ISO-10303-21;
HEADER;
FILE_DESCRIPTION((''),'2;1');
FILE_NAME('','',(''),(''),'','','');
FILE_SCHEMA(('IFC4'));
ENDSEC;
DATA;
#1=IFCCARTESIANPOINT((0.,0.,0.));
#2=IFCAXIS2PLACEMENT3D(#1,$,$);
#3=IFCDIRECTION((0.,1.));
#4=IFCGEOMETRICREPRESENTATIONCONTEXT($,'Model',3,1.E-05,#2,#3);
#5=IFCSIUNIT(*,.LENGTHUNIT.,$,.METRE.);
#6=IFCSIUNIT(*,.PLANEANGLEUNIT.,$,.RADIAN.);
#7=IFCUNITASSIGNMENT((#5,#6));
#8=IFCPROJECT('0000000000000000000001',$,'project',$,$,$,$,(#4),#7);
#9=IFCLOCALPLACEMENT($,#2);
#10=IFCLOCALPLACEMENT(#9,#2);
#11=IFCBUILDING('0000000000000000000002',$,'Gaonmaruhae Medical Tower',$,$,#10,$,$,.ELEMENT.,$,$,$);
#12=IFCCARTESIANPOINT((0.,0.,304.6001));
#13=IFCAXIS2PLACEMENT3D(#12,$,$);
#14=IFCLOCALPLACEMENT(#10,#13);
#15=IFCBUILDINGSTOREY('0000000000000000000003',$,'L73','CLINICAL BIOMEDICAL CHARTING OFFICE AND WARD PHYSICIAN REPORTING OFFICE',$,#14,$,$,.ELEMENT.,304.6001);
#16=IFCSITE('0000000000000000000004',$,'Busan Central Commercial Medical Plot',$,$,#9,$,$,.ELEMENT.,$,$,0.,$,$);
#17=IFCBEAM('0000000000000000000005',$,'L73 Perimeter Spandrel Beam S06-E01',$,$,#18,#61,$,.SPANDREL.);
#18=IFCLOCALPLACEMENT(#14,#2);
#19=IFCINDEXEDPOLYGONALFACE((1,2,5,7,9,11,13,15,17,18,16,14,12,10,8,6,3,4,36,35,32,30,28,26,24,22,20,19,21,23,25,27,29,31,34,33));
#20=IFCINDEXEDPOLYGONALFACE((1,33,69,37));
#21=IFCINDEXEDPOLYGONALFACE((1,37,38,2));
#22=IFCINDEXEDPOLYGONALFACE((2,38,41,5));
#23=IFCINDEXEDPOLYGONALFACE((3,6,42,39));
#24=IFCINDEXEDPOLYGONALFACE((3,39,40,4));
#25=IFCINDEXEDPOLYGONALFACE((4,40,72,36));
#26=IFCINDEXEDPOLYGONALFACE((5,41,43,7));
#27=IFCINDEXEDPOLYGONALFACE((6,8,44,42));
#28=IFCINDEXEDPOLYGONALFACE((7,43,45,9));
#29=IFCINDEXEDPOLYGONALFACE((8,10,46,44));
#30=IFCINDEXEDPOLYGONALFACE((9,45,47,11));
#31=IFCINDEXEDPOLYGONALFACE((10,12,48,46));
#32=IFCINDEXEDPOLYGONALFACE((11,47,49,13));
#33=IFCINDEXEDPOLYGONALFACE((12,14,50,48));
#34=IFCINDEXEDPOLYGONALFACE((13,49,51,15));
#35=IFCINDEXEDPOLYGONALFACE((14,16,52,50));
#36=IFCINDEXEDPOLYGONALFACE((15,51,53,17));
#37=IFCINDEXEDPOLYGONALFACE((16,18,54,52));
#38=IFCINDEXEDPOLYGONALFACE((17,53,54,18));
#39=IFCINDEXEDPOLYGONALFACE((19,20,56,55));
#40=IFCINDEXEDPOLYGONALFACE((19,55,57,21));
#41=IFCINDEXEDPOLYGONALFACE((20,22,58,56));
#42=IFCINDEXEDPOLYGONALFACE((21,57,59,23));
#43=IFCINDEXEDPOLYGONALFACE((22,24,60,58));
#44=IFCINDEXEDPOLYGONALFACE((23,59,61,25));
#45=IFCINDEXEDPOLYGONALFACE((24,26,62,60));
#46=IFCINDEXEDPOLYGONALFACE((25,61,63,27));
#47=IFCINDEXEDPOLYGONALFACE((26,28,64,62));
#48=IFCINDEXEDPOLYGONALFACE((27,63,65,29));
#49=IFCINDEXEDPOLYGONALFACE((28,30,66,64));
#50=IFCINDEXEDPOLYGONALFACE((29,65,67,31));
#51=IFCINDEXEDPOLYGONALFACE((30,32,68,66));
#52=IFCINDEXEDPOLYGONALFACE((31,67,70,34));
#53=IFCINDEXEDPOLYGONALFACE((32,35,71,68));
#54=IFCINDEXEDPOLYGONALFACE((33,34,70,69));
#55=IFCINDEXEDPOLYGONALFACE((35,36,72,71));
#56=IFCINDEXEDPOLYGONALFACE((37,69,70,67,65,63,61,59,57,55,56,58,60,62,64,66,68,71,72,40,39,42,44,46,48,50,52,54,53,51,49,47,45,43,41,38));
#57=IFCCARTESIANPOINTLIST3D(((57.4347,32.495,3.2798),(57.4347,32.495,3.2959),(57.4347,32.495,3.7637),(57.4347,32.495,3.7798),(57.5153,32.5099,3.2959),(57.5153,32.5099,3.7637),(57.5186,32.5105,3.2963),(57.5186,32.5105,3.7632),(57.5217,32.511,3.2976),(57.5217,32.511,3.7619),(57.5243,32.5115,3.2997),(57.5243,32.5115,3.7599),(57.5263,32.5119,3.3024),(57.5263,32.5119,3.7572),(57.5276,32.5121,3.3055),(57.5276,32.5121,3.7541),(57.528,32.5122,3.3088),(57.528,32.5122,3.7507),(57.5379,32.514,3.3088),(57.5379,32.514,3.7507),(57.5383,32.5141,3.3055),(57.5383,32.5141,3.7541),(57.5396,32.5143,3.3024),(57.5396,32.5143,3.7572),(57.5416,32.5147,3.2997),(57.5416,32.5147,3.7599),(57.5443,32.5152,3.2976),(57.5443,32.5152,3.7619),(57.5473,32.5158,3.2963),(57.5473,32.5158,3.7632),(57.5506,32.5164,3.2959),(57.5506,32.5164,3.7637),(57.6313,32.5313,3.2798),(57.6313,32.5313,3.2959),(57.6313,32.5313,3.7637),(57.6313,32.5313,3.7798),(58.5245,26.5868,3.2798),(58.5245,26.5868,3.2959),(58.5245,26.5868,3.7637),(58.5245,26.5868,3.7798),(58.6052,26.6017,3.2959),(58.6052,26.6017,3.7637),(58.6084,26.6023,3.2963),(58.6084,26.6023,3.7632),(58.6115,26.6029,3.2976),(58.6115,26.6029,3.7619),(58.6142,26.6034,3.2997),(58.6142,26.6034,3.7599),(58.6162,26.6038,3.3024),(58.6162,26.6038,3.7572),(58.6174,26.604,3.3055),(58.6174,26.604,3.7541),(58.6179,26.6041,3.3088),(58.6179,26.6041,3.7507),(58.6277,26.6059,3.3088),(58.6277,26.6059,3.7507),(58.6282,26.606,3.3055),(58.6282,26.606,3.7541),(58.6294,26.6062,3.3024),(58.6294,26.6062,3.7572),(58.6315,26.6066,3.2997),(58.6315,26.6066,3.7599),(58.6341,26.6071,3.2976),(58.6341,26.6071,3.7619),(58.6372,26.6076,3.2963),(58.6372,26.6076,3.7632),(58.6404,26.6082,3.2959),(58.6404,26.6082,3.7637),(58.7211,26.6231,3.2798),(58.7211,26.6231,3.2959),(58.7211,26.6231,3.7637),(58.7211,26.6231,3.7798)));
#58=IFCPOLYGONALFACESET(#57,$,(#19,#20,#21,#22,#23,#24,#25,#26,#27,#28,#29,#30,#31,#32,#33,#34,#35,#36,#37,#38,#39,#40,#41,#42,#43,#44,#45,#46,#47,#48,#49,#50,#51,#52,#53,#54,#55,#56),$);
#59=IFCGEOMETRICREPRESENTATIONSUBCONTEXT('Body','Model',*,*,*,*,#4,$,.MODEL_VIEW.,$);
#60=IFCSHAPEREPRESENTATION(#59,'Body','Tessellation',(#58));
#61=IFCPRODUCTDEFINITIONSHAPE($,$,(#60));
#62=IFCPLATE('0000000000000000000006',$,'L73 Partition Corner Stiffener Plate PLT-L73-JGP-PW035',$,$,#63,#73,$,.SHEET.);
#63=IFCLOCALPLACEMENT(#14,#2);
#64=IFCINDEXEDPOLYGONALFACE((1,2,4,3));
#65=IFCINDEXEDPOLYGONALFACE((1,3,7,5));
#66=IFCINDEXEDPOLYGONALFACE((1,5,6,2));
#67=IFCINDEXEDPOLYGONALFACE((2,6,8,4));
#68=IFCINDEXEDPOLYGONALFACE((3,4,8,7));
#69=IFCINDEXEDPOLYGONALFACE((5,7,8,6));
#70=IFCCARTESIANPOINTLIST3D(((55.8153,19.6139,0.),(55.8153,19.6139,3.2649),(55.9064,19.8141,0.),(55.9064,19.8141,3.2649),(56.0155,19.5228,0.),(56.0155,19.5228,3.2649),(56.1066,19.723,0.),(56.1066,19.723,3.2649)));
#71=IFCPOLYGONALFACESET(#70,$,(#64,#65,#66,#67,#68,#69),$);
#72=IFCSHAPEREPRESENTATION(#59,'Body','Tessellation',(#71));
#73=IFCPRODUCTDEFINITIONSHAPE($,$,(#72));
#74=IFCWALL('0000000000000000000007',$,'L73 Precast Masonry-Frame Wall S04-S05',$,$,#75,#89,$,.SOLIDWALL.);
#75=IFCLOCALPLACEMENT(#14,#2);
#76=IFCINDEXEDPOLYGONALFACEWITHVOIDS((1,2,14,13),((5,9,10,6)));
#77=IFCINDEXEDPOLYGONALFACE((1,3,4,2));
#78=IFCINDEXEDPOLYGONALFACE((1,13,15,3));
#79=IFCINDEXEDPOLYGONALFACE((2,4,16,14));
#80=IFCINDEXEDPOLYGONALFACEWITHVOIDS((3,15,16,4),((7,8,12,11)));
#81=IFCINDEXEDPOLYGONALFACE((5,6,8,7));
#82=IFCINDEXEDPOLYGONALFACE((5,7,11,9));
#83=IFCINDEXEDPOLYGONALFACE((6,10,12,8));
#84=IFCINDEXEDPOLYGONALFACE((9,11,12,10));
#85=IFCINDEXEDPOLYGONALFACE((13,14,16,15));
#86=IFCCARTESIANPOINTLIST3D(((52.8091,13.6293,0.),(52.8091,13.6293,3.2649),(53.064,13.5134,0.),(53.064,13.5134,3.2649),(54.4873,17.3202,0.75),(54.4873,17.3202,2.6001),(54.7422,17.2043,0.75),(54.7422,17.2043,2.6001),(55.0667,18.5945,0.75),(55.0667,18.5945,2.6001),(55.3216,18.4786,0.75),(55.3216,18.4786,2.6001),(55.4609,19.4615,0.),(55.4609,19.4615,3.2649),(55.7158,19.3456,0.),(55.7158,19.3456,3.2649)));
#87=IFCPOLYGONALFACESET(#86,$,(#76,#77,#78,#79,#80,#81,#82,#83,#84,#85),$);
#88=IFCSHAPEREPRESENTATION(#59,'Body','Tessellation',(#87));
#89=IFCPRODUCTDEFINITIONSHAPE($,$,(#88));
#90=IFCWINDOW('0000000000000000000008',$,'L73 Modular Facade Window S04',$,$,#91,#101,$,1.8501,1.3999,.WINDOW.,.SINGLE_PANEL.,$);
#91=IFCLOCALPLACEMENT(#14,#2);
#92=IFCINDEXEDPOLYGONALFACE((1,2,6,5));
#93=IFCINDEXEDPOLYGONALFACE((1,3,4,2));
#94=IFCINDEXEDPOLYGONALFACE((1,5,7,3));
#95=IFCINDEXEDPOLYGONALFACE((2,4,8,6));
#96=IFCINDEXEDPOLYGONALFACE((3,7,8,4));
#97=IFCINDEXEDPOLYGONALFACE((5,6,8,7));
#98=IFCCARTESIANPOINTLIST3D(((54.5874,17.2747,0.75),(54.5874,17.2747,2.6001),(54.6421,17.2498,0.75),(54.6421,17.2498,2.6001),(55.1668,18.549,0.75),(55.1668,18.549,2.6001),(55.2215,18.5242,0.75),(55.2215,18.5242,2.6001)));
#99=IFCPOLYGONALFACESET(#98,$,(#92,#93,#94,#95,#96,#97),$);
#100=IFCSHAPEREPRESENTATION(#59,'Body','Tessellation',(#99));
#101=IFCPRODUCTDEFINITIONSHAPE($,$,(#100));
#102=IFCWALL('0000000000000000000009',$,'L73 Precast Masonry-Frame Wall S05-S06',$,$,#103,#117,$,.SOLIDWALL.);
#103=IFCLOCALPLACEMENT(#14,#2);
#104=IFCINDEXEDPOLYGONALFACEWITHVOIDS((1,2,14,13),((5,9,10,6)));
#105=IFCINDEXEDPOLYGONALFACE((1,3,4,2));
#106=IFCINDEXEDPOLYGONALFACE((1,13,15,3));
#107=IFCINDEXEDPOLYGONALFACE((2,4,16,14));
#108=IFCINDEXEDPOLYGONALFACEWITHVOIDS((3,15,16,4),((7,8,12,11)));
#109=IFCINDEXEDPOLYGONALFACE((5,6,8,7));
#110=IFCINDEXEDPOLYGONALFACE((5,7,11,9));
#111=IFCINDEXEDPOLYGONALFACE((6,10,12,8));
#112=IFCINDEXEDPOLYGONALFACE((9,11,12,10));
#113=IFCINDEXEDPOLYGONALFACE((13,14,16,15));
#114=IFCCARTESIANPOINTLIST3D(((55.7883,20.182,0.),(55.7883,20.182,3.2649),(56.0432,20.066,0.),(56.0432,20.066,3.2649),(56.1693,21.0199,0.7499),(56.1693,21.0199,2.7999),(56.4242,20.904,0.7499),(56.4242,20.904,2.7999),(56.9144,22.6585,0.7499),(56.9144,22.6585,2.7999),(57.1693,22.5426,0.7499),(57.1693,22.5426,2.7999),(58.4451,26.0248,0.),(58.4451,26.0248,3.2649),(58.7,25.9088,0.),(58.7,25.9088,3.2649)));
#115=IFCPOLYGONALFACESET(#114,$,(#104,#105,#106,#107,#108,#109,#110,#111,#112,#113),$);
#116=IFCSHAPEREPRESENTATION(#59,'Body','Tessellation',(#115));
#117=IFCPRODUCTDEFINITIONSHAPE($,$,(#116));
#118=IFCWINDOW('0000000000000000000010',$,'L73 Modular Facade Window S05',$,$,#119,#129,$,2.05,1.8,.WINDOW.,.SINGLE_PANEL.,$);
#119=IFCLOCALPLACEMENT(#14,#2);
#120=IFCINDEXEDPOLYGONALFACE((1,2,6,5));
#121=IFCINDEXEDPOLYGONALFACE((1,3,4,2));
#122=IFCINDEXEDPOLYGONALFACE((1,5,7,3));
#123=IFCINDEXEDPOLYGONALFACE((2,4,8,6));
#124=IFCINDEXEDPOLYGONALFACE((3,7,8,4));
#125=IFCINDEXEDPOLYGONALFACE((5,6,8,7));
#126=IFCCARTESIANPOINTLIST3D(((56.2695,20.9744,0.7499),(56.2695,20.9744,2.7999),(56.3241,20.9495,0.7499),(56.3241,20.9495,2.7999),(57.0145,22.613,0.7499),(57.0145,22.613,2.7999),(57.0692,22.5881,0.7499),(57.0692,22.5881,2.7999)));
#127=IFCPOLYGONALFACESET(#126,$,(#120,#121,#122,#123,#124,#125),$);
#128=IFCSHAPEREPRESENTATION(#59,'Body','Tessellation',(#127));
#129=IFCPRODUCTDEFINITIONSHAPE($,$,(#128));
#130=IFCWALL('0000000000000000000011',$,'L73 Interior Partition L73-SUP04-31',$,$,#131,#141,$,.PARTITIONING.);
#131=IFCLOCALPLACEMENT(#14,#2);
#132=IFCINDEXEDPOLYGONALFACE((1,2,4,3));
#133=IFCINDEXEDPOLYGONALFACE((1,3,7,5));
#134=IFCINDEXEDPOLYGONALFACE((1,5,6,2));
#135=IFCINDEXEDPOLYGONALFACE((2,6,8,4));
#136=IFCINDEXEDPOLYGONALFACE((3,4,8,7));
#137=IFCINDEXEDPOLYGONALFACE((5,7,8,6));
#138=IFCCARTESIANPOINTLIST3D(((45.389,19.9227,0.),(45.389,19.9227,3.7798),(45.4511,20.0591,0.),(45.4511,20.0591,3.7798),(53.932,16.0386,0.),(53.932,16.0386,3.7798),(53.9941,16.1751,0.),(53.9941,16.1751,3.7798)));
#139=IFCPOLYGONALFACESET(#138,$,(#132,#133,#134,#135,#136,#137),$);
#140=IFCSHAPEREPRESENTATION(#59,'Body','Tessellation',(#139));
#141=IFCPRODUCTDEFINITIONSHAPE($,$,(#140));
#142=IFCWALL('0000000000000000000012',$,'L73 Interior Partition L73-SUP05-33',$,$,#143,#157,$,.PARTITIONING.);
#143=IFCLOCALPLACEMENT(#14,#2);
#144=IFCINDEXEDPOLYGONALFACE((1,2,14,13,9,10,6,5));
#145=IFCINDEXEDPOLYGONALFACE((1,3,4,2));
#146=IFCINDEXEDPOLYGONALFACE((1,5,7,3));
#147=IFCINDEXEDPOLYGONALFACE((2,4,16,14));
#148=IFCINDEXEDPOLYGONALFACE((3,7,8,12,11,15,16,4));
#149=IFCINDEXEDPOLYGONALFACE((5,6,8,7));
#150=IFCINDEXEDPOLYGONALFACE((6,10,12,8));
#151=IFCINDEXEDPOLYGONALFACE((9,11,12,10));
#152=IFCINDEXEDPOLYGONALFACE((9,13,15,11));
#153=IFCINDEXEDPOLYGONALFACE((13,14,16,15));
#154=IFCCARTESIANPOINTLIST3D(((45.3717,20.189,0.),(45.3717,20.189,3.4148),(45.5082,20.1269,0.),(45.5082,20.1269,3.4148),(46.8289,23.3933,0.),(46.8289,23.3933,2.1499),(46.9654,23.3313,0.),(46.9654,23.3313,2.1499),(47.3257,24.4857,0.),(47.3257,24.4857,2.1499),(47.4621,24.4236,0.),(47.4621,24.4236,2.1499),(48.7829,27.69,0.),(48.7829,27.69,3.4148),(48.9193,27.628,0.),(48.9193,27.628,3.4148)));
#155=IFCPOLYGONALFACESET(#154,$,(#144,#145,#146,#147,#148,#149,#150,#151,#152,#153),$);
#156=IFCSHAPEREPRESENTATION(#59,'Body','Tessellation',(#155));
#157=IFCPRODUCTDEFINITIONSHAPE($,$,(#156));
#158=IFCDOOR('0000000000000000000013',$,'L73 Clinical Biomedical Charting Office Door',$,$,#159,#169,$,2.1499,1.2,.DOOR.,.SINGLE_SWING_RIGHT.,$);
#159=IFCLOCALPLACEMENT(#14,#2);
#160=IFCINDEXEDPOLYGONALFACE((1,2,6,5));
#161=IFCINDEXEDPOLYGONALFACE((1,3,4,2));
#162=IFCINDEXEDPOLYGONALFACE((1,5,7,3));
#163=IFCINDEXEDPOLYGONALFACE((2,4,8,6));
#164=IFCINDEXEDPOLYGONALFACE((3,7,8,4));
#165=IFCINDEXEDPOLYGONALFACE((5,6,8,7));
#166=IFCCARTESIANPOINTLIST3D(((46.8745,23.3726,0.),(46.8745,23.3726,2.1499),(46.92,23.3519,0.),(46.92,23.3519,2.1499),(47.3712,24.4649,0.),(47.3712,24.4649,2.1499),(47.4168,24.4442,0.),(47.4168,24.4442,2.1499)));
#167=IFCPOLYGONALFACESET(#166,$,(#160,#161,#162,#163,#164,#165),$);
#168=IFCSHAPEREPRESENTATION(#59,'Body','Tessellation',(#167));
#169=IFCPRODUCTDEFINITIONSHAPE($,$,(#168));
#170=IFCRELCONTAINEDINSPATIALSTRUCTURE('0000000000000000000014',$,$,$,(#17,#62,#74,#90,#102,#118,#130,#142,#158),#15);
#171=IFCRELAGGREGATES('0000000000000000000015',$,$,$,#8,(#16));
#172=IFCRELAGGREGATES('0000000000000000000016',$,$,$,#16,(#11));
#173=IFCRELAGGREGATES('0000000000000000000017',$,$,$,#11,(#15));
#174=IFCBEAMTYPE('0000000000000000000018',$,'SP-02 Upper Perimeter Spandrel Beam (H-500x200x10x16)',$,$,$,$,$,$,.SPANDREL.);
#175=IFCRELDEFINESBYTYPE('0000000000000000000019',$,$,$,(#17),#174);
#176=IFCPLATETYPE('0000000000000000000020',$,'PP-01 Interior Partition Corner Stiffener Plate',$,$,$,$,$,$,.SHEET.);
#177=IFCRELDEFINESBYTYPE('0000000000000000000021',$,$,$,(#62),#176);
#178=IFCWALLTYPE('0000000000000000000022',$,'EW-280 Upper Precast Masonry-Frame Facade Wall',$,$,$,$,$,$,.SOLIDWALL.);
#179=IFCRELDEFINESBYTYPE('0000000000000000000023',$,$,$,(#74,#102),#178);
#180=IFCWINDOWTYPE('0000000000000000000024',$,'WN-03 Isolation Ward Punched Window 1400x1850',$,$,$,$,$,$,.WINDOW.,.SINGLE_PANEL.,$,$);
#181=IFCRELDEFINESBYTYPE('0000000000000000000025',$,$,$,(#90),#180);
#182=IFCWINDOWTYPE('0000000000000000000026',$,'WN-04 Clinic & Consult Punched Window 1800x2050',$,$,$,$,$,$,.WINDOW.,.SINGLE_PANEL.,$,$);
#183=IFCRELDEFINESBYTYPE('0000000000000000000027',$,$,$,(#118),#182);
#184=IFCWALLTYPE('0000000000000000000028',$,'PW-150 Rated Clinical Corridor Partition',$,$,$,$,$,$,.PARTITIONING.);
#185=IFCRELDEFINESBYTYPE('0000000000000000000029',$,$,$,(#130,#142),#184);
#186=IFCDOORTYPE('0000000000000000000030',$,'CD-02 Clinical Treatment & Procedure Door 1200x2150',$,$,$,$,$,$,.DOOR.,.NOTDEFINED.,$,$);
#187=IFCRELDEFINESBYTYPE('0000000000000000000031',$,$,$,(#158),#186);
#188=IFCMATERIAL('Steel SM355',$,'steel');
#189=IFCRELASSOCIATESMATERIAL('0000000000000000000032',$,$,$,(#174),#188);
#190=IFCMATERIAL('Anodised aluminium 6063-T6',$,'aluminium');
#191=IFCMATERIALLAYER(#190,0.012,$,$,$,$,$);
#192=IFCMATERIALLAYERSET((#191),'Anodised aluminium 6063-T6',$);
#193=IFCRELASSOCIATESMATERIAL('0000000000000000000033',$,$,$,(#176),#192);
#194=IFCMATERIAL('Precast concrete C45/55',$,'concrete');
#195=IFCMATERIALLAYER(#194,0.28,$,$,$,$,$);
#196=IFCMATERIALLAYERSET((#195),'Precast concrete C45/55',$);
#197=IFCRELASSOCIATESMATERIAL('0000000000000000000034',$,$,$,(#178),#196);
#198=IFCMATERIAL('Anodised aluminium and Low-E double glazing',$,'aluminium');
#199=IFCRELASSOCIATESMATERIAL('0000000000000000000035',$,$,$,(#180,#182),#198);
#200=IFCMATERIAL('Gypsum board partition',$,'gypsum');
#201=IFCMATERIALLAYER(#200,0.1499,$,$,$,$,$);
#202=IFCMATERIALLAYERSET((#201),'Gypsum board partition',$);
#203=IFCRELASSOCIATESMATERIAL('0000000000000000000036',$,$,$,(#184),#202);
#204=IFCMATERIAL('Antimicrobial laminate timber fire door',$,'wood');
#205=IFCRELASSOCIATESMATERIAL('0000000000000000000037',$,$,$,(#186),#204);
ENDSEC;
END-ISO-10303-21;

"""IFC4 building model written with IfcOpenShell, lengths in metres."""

from ifc_helpers import new_model, si_unit, direction, frame, frame_2d, origin, origin_2d, place, context, subcontext, project, spatial, rectangle, i_section, extrude, material, layer, layer_set, material_profile, profile_set, type_object, element, fill, save


model = new_model("IFC4")

# Units and contexts
model_context = context("Model", 3, precision=1e-05, world=origin(), true_north=direction((0.0, 1.0)))
body_context = subcontext(model_context, "Body", "Model", "MODEL_VIEW")
ifc_project = project(units=[si_unit("LENGTHUNIT", "METRE"), si_unit("PLANEANGLEUNIT", "RADIAN")], contexts=[model_context])

# Site, building, storey
site_placement = place(None, origin())
site = spatial("IfcSite", under=ifc_project, at=site_placement, Name="Busan Central Commercial Medical Plot", CompositionType="ELEMENT", RefElevation=0.0)
building_placement = place(site_placement, origin())
building = spatial("IfcBuilding", under=site, at=building_placement, Name="Gaonmaruhae Medical Tower", CompositionType="ELEMENT")
storey_placement = place(building_placement, frame((0.0, 0.0, 304.6001)))
storey = spatial("IfcBuildingStorey", under=building, at=storey_placement, Name="L73", Description="CLINICAL BIOMEDICAL CHARTING OFFICE AND WARD PHYSICIAN REPORTING OFFICE", CompositionType="ELEMENT", Elevation=304.6001)

# Beam
ifc_material_1 = material(Name="Steel SM355", Category="steel")
ifc_material_profile_1 = material_profile(ifc_material_1, i_section(OverallWidth=0.2, OverallDepth=0.5, WebThickness=0.01, FlangeThickness=0.0161, FilletRadius=0.0129, at=origin_2d()), Name="H-500x200x10x16")
ifc_profile_set_1 = profile_set([ifc_material_profile_1], Name="Steel SM355")
beam_type_1 = type_object("IfcBeamType", Name="SP-02 Upper Perimeter Spandrel Beam (H-500x200x10x16)", PredefinedType="SPANDREL", material=ifc_profile_set_1)
beam_1_placement = place(storey_placement, frame((58.6228, 26.605, 3.5298), z_axis=(-0.181402, 0.983409, 0.0), x_axis=(-0.983409, -0.181402, 0.0)))
element("IfcBeam", 1, at=beam_1_placement, inside=storey, type_object=beam_type_1, Name="L73 Perimeter Spandrel Beam S06-E01", PredefinedType="SPANDREL", context=body_context, shape_type="SweptSolid", body=[
    extrude(i_section(OverallWidth=0.2, OverallDepth=0.5, WebThickness=0.01, FlangeThickness=0.0161, FilletRadius=0.0129, at=origin_2d()), origin(), (0.0, 0.0, 1.0), 6.0078),
])

# Plate
ifc_material_2 = material(Name="Anodised aluminium 6063-T6", Category="aluminium")
ifc_layer_1 = layer(ifc_material_2, 0.012)
ifc_layer_set_1 = layer_set([ifc_layer_1], Name="Anodised aluminium 6063-T6")
plate_type = type_object("IfcPlateType", Name="PP-01 Interior Partition Corner Stiffener Plate", PredefinedType="SHEET", material=ifc_layer_set_1)
plate_placement = place(storey_placement, frame((55.9609, 19.6685, 0.0), z_axis=(0.0, 0.0, 1.0), x_axis=(-0.41409, -0.910236, 0.0)))
element("IfcPlate", 2, at=plate_placement, inside=storey, type_object=plate_type, Name="L73 Partition Corner Stiffener Plate PLT-L73-JGP-PW035", PredefinedType="SHEET", context=body_context, shape_type="SweptSolid", body=[
    extrude(rectangle(XDim=0.22, YDim=0.22, at=origin_2d()), origin(), (0.0, 0.0, 1.0), 3.2649),
])

# Walls, openings, windows
ifc_material_3 = material(Name="Precast concrete C45/55", Category="concrete")
ifc_layer_2 = layer(ifc_material_3, 0.28)
ifc_layer_set_2 = layer_set([ifc_layer_2], Name="Precast concrete C45/55")
wall_type_1 = type_object("IfcWallType", Name="EW-280 Upper Precast Masonry-Frame Facade Wall", PredefinedType="SOLIDWALL", material=ifc_layer_set_2)
wall_1_placement = place(storey_placement, frame((55.5884, 19.4036, 0.0), z_axis=(0.0, 0.0, 1.0), x_axis=(-0.413909, -0.910318, 0.0)))
wall_1 = element("IfcWall", 3, at=wall_1_placement, inside=storey, type_object=wall_type_1, Name="L73 Precast Masonry-Frame Wall S04-S05", PredefinedType="SOLIDWALL", context=body_context, shape_type="SweptSolid", body=[
    extrude(rectangle(XDim=6.4067, YDim=0.28, at=frame_2d((3.2034, 0.0))), origin(), (0.0, 0.0, 1.0), 3.2649),
])
opening_1_placement = place(wall_1_placement, frame((0.9524, 0.0, 0.75)))
opening_1 = element("IfcOpeningElement", 4, at=opening_1_placement, cuts=wall_1, PredefinedType="OPENING", context=body_context, shape_type="SweptSolid", body=[
    extrude(rectangle(XDim=1.3999, YDim=1.8501, at=frame_2d((0.7, 0.925))), frame((0.0, 0.1499, 0.0), z_axis=(0.0, -1.0, 0.0), x_axis=(1.0, 0.0, 0.0)), (0.0, 0.0, 1.0), 0.3),
])
ifc_material_4 = material(Name="Anodised aluminium and Low-E double glazing", Category="aluminium")
window_type_1 = type_object("IfcWindowType", Name="WN-03 Isolation Ward Punched Window 1400x1850", PartitioningType="SINGLE_PANEL", PredefinedType="WINDOW", material=ifc_material_4)
window_1_placement = place(opening_1_placement, origin())
window_1 = element("IfcWindow", 5, at=window_1_placement, inside=storey, type_object=window_type_1, Name="L73 Modular Facade Window S04", OverallHeight=1.8501, OverallWidth=1.3999, PartitioningType="SINGLE_PANEL", PredefinedType="WINDOW", context=body_context, shape_type="SweptSolid", body=[
    extrude(rectangle(XDim=1.3999, YDim=1.8501, at=frame_2d((0.7, 0.925))), frame((0.0, 0.03, 0.0), z_axis=(0.0, -1.0, 0.0), x_axis=(1.0, 0.0, 0.0)), (0.0, 0.0, 1.0), 0.0601),
])
fill(opening_1, window_1)
wall_2_placement = place(storey_placement, frame((58.5725, 25.9668, 0.0), z_axis=(0.0, 0.0, 1.0), x_axis=(-0.413923, -0.910312, 0.0)))
wall_2 = element("IfcWall", 6, at=wall_2_placement, inside=storey, type_object=wall_type_1, Name="L73 Precast Masonry-Frame Wall S05-S06", PredefinedType="SOLIDWALL", context=body_context, shape_type="SweptSolid", body=[
    extrude(rectangle(XDim=6.4185, YDim=0.28, at=frame_2d((3.2092, 0.0))), origin(), (0.0, 0.0, 1.0), 3.2649),
])
opening_2_placement = place(wall_2_placement, frame((3.698, 0.0, 0.75)))
opening_2 = element("IfcOpeningElement", 7, at=opening_2_placement, cuts=wall_2, PredefinedType="OPENING", context=body_context, shape_type="SweptSolid", body=[
    extrude(rectangle(XDim=1.8, YDim=2.05, at=frame_2d((0.8999, 1.0249))), frame((0.0, 0.1499, 0.0), z_axis=(0.0, -1.0, 0.0), x_axis=(1.0, 0.0, 0.0)), (0.0, 0.0, 1.0), 0.3),
])
window_type_2 = type_object("IfcWindowType", Name="WN-04 Clinic & Consult Punched Window 1800x2050", PartitioningType="SINGLE_PANEL", PredefinedType="WINDOW", material=ifc_material_4)
window_2_placement = place(opening_2_placement, origin())
window_2 = element("IfcWindow", 8, at=window_2_placement, inside=storey, type_object=window_type_2, Name="L73 Modular Facade Window S05", OverallHeight=2.05, OverallWidth=1.8, PartitioningType="SINGLE_PANEL", PredefinedType="WINDOW", context=body_context, shape_type="SweptSolid", body=[
    extrude(rectangle(XDim=1.8, YDim=2.05, at=frame_2d((0.8999, 1.0249))), frame((0.0, 0.03, 0.0), z_axis=(0.0, -1.0, 0.0), x_axis=(1.0, 0.0, 0.0)), (0.0, 0.0, 1.0), 0.0601),
])
fill(opening_2, window_2)

# Wall
ifc_material_5 = material(Name="Gypsum board partition", Category="gypsum")
ifc_layer_3 = layer(ifc_material_5, 0.1499)
ifc_layer_set_3 = layer_set([ifc_layer_3], Name="Gypsum board partition")
wall_type_2 = type_object("IfcWallType", Name="PW-150 Rated Clinical Corridor Partition", PredefinedType="PARTITIONING", material=ifc_layer_set_3)
wall_3_placement = place(storey_placement, frame((45.4199, 19.991, 0.0), z_axis=(0.0, 0.0, 1.0), x_axis=(0.910332, -0.413879, 0.0)))
element("IfcWall", 9, at=wall_3_placement, inside=storey, type_object=wall_type_2, Name="L73 Interior Partition L73-SUP04-31", PredefinedType="PARTITIONING", context=body_context, shape_type="SweptSolid", body=[
    extrude(rectangle(XDim=9.3845, YDim=0.1499, at=frame_2d((4.6924, 0.0))), origin(), (0.0, 0.0, 1.0), 3.7798),
])

# Wall, opening, door
wall_4_placement = place(storey_placement, frame((45.4399, 20.158, 0.0), z_axis=(0.0, 0.0, 1.0), x_axis=(0.413964, 0.910293, 0.0)))
wall_4 = element("IfcWall", 10, at=wall_4_placement, inside=storey, type_object=wall_type_2, Name="L73 Interior Partition L73-SUP05-33", PredefinedType="PARTITIONING", context=body_context, shape_type="SweptSolid", body=[
    extrude(rectangle(XDim=8.2402, YDim=0.1499, at=frame_2d((4.1201, 0.0))), origin(), (0.0, 0.0, 1.0), 3.4148),
])
opening_3_placement = place(wall_4_placement, frame((3.52, 0.0, 0.0)))
opening_3 = element("IfcOpeningElement", 11, at=opening_3_placement, cuts=wall_4, PredefinedType="OPENING", context=body_context, shape_type="SweptSolid", body=[
    extrude(rectangle(XDim=1.2, YDim=2.1499, at=frame_2d((0.6001, 1.075))), frame((0.0, 0.085, 0.0), z_axis=(0.0, -1.0, 0.0), x_axis=(1.0, 0.0, 0.0)), (0.0, 0.0, 1.0), 0.1699),
])
ifc_material_6 = material(Name="Antimicrobial laminate timber fire door", Category="wood")
door_type = type_object("IfcDoorType", Name="CD-02 Clinical Treatment & Procedure Door 1200x2150", OperationType="NOTDEFINED", PredefinedType="DOOR", material=ifc_material_6)
door_1_placement = place(opening_3_placement, origin())
door_1 = element("IfcDoor", 12, at=door_1_placement, inside=storey, type_object=door_type, Name="L73 Clinical Biomedical Charting Office Door", OperationType="SINGLE_SWING_RIGHT", OverallHeight=2.1499, OverallWidth=1.2, PredefinedType="DOOR", context=body_context, shape_type="SweptSolid", body=[
    extrude(rectangle(XDim=1.2, YDim=2.1499, at=frame_2d((0.6001, 1.075))), frame((0.0, 0.0249, 0.0), z_axis=(0.0, -1.0, 0.0), x_axis=(1.0, 0.0, 0.0)), (0.0, 0.0, 1.0), 0.05),
])
fill(opening_3, door_1)

save(model, "model.ifc")
